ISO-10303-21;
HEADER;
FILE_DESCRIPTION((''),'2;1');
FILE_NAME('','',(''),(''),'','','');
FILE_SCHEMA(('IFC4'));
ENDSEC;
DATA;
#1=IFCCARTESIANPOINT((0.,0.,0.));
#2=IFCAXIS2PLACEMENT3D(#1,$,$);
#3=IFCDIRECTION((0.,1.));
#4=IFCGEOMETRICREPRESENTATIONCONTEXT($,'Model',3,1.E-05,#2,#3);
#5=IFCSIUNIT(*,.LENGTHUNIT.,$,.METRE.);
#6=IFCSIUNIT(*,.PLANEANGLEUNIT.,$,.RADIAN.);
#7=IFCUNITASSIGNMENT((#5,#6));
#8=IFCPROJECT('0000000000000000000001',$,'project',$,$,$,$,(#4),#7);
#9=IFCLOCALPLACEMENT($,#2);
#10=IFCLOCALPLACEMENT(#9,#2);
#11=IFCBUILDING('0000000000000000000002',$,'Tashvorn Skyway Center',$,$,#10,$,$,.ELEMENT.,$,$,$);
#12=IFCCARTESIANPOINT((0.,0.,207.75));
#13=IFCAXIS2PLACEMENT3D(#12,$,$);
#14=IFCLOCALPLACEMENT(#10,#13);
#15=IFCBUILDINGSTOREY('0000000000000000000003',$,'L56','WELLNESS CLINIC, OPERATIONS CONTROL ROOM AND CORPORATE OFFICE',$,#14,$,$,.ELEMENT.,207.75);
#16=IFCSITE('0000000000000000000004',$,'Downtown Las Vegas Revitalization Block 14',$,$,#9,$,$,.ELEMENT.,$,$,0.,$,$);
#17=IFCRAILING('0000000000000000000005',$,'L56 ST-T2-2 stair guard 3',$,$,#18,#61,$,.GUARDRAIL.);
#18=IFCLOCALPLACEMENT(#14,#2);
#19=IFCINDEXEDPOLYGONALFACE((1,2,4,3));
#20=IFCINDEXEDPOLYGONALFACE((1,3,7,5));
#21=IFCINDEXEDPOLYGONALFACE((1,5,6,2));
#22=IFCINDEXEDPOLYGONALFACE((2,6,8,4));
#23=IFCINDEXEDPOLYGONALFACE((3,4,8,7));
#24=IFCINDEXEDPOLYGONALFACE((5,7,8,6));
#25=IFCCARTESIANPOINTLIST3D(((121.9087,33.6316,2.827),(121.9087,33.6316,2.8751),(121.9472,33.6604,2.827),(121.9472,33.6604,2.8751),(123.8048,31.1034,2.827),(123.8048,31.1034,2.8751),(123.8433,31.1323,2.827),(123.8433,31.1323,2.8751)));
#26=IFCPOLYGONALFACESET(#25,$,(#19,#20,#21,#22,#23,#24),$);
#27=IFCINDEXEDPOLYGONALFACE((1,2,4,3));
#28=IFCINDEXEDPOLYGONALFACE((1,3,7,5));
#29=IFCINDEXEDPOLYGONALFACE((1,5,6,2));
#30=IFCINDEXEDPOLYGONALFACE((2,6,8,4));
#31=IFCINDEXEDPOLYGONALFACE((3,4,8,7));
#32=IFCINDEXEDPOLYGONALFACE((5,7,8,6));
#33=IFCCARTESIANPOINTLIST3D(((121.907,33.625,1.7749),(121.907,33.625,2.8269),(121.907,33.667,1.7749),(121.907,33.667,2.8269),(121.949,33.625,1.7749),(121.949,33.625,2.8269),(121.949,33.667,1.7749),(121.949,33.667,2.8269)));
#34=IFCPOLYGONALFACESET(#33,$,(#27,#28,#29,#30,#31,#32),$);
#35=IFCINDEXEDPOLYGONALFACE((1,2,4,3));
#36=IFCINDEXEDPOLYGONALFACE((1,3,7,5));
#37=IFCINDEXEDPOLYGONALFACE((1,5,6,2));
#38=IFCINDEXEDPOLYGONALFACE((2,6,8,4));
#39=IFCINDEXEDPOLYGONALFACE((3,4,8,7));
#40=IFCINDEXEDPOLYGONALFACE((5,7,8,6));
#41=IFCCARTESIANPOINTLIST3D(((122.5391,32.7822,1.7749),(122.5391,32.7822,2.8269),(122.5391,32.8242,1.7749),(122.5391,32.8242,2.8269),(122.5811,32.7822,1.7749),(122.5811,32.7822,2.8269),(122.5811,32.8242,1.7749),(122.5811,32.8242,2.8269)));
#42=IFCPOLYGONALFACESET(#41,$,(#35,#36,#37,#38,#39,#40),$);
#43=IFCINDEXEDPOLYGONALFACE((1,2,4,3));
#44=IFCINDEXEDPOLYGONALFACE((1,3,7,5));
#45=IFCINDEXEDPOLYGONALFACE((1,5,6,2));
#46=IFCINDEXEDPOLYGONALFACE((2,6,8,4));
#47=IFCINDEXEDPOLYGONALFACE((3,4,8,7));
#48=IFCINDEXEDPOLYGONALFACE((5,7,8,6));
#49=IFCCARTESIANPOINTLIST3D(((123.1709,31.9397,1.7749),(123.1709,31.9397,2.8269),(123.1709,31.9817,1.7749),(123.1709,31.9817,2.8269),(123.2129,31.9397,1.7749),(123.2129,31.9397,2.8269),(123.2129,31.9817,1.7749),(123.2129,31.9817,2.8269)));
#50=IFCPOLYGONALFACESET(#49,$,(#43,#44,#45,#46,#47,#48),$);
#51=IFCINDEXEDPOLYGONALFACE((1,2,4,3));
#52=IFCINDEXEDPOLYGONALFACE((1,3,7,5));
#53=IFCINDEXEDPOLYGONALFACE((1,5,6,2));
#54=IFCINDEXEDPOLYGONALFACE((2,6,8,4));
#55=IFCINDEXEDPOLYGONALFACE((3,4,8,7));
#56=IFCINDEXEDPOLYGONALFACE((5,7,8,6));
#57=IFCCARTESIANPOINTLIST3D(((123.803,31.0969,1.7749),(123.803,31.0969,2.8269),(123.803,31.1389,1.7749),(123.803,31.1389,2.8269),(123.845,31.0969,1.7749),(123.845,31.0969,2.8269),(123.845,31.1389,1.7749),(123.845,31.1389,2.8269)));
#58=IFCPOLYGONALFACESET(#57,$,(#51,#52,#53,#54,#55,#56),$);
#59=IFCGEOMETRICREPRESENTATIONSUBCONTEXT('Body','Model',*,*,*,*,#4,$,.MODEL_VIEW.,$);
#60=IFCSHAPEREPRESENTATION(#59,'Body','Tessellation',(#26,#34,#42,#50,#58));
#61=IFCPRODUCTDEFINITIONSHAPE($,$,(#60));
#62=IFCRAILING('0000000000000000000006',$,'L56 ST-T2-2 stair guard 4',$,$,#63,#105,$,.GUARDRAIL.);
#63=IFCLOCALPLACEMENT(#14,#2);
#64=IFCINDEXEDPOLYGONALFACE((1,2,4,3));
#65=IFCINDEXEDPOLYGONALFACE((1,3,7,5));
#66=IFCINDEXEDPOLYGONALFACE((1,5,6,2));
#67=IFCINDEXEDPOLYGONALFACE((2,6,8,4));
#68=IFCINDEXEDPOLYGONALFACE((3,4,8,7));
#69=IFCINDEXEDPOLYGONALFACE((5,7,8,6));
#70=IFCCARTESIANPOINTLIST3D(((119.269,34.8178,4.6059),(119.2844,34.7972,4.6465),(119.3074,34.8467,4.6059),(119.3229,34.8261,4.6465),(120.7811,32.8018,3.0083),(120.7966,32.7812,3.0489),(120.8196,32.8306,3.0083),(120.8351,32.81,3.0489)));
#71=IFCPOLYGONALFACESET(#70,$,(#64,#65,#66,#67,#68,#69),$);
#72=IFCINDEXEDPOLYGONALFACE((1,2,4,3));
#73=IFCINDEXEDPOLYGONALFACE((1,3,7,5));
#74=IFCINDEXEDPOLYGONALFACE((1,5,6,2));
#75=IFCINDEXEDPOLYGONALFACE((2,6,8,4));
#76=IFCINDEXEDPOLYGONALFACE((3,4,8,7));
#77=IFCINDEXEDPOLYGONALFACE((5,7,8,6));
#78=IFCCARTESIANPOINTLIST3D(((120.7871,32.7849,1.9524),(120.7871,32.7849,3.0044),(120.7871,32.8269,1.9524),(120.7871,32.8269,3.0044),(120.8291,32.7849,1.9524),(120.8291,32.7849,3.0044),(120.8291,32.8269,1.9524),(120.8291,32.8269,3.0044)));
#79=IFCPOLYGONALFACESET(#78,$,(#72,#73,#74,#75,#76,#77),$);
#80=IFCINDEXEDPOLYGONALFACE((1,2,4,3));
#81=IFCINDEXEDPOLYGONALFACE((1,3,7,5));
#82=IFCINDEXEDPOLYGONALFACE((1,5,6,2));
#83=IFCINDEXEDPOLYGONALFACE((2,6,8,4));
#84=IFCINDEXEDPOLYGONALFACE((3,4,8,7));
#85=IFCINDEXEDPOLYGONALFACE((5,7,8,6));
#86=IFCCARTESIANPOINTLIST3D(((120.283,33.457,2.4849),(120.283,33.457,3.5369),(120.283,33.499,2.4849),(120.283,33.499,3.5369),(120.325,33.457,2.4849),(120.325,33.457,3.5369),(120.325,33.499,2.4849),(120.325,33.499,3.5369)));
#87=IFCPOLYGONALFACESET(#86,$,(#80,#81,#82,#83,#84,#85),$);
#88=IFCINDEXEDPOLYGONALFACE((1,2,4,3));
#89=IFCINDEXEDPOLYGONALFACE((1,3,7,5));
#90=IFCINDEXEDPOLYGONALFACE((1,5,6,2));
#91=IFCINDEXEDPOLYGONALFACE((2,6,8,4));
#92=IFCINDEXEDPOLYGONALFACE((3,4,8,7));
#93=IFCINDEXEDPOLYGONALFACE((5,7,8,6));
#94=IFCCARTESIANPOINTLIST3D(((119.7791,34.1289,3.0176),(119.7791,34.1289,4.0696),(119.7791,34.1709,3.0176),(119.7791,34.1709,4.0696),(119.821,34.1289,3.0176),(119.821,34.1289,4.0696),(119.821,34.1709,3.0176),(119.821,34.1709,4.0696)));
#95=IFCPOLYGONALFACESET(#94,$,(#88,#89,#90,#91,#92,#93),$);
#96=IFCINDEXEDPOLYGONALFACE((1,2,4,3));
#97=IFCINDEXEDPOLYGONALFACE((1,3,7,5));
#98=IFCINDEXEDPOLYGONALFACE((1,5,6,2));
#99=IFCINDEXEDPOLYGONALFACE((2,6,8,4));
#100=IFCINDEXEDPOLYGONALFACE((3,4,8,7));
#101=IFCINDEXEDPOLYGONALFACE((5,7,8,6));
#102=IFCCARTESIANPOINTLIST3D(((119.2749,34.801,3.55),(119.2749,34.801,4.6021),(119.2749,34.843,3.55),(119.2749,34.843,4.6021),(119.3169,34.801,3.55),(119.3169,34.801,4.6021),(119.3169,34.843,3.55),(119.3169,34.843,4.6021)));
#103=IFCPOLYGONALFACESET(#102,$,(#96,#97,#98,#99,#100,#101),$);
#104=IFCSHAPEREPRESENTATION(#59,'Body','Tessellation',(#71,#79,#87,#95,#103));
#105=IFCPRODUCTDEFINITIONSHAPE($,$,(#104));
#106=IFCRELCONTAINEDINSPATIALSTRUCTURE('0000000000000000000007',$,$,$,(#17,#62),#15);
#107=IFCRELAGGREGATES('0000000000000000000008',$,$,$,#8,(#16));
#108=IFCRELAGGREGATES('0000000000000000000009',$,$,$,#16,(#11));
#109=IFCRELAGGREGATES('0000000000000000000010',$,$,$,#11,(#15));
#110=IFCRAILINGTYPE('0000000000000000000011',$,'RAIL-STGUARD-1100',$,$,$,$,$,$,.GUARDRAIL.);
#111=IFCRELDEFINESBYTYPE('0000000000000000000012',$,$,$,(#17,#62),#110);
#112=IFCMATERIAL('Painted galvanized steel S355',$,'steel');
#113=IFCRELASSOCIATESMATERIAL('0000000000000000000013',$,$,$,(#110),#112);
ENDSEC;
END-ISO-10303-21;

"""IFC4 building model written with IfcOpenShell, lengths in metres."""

from ifc_helpers import new_model, si_unit, direction, frame, origin, origin_2d, place, context, subcontext, project, spatial, rectangle, extrude, material, type_object, element, save


model = new_model("IFC4")

# Units and contexts
model_context = context("Model", 3, precision=1e-05, world=origin(), true_north=direction((0.0, 1.0)))
body_context = subcontext(model_context, "Body", "Model", "MODEL_VIEW")
ifc_project = project(units=[si_unit("LENGTHUNIT", "METRE"), si_unit("PLANEANGLEUNIT", "RADIAN")], contexts=[model_context])

# Site, building, storey
site_placement = place(None, origin())
site = spatial("IfcSite", under=ifc_project, at=site_placement, Name="Downtown Las Vegas Revitalization Block 14", CompositionType="ELEMENT", RefElevation=0.0)
building_placement = place(site_placement, origin())
building = spatial("IfcBuilding", under=site, at=building_placement, Name="Tashvorn Skyway Center", CompositionType="ELEMENT")
storey_placement = place(building_placement, frame((0.0, 0.0, 207.75)))
storey = spatial("IfcBuildingStorey", under=building, at=storey_placement, Name="L56", Description="WELLNESS CLINIC, OPERATIONS CONTROL ROOM AND CORPORATE OFFICE", CompositionType="ELEMENT", Elevation=207.75)

# Railings
ifc_material_1 = material(Name="Painted galvanized steel S355", Category="steel")
railing_type_1 = type_object("IfcRailingType", Name="RAIL-STGUARD-1100", PredefinedType="GUARDRAIL", material=ifc_material_1)
railing_1_placement = place(storey_placement, frame((121.928, 33.646, 1.7749)))
element("IfcRailing", 1, at=railing_1_placement, inside=storey, type_object=railing_type_1, Name="L56 ST-T2-2 stair guard 3", PredefinedType="GUARDRAIL", context=body_context, shape_type="SweptSolid", body=[
    extrude(rectangle(XDim=0.0481, YDim=0.0481, at=origin_2d()), frame((0.0, 0.0, 1.0762), z_axis=(0.599988, -0.800009, 0.0), x_axis=(0.800009, 0.599988, 0.0)), (0.0, 0.0, 1.0), 3.1602),
    extrude(rectangle(XDim=0.042, YDim=0.042, at=origin_2d()), origin(), (0.0, 0.0, 1.0), 1.052),
    extrude(rectangle(XDim=0.042, YDim=0.042, at=origin_2d()), frame((0.6321, -0.8428, 0.0)), (0.0, 0.0, 1.0), 1.052),
    extrude(rectangle(XDim=0.042, YDim=0.042, at=origin_2d()), frame((1.2639, -1.6853, 0.0)), (0.0, 0.0, 1.0), 1.052),
    extrude(rectangle(XDim=0.042, YDim=0.042, at=origin_2d()), frame((1.896, -2.5281, 0.0)), (0.0, 0.0, 1.0), 1.052),
])
railing_2_placement = place(storey_placement, frame((120.8081, 32.8059, 1.9524)))
element("IfcRailing", 2, at=railing_2_placement, inside=storey, type_object=railing_type_1, Name="L56 ST-T2-2 stair guard 4", PredefinedType="GUARDRAIL", context=body_context, shape_type="SweptSolid", body=[
    extrude(rectangle(XDim=0.0481, YDim=0.0481, at=origin_2d()), frame((0.0, 0.0, 1.0762), z_axis=(-0.506779, 0.675651, 0.535416), x_axis=(-0.799977, -0.600031, 0.0)), (0.0, 0.0, 1.0), 2.9839),
    extrude(rectangle(XDim=0.042, YDim=0.042, at=origin_2d()), origin(), (0.0, 0.0, 1.0), 1.052),
    extrude(rectangle(XDim=0.042, YDim=0.042, at=origin_2d()), frame((-0.5042, 0.6721, 0.5325)), (0.0, 0.0, 1.0), 1.052),
    extrude(rectangle(XDim=0.042, YDim=0.042, at=origin_2d()), frame((-1.0081, 1.344, 1.0652)), (0.0, 0.0, 1.0), 1.052),
    extrude(rectangle(XDim=0.042, YDim=0.042, at=origin_2d()), frame((-1.5122, 2.0161, 1.5977)), (0.0, 0.0, 1.0), 1.052),
])

save(model, "model.ifc")
